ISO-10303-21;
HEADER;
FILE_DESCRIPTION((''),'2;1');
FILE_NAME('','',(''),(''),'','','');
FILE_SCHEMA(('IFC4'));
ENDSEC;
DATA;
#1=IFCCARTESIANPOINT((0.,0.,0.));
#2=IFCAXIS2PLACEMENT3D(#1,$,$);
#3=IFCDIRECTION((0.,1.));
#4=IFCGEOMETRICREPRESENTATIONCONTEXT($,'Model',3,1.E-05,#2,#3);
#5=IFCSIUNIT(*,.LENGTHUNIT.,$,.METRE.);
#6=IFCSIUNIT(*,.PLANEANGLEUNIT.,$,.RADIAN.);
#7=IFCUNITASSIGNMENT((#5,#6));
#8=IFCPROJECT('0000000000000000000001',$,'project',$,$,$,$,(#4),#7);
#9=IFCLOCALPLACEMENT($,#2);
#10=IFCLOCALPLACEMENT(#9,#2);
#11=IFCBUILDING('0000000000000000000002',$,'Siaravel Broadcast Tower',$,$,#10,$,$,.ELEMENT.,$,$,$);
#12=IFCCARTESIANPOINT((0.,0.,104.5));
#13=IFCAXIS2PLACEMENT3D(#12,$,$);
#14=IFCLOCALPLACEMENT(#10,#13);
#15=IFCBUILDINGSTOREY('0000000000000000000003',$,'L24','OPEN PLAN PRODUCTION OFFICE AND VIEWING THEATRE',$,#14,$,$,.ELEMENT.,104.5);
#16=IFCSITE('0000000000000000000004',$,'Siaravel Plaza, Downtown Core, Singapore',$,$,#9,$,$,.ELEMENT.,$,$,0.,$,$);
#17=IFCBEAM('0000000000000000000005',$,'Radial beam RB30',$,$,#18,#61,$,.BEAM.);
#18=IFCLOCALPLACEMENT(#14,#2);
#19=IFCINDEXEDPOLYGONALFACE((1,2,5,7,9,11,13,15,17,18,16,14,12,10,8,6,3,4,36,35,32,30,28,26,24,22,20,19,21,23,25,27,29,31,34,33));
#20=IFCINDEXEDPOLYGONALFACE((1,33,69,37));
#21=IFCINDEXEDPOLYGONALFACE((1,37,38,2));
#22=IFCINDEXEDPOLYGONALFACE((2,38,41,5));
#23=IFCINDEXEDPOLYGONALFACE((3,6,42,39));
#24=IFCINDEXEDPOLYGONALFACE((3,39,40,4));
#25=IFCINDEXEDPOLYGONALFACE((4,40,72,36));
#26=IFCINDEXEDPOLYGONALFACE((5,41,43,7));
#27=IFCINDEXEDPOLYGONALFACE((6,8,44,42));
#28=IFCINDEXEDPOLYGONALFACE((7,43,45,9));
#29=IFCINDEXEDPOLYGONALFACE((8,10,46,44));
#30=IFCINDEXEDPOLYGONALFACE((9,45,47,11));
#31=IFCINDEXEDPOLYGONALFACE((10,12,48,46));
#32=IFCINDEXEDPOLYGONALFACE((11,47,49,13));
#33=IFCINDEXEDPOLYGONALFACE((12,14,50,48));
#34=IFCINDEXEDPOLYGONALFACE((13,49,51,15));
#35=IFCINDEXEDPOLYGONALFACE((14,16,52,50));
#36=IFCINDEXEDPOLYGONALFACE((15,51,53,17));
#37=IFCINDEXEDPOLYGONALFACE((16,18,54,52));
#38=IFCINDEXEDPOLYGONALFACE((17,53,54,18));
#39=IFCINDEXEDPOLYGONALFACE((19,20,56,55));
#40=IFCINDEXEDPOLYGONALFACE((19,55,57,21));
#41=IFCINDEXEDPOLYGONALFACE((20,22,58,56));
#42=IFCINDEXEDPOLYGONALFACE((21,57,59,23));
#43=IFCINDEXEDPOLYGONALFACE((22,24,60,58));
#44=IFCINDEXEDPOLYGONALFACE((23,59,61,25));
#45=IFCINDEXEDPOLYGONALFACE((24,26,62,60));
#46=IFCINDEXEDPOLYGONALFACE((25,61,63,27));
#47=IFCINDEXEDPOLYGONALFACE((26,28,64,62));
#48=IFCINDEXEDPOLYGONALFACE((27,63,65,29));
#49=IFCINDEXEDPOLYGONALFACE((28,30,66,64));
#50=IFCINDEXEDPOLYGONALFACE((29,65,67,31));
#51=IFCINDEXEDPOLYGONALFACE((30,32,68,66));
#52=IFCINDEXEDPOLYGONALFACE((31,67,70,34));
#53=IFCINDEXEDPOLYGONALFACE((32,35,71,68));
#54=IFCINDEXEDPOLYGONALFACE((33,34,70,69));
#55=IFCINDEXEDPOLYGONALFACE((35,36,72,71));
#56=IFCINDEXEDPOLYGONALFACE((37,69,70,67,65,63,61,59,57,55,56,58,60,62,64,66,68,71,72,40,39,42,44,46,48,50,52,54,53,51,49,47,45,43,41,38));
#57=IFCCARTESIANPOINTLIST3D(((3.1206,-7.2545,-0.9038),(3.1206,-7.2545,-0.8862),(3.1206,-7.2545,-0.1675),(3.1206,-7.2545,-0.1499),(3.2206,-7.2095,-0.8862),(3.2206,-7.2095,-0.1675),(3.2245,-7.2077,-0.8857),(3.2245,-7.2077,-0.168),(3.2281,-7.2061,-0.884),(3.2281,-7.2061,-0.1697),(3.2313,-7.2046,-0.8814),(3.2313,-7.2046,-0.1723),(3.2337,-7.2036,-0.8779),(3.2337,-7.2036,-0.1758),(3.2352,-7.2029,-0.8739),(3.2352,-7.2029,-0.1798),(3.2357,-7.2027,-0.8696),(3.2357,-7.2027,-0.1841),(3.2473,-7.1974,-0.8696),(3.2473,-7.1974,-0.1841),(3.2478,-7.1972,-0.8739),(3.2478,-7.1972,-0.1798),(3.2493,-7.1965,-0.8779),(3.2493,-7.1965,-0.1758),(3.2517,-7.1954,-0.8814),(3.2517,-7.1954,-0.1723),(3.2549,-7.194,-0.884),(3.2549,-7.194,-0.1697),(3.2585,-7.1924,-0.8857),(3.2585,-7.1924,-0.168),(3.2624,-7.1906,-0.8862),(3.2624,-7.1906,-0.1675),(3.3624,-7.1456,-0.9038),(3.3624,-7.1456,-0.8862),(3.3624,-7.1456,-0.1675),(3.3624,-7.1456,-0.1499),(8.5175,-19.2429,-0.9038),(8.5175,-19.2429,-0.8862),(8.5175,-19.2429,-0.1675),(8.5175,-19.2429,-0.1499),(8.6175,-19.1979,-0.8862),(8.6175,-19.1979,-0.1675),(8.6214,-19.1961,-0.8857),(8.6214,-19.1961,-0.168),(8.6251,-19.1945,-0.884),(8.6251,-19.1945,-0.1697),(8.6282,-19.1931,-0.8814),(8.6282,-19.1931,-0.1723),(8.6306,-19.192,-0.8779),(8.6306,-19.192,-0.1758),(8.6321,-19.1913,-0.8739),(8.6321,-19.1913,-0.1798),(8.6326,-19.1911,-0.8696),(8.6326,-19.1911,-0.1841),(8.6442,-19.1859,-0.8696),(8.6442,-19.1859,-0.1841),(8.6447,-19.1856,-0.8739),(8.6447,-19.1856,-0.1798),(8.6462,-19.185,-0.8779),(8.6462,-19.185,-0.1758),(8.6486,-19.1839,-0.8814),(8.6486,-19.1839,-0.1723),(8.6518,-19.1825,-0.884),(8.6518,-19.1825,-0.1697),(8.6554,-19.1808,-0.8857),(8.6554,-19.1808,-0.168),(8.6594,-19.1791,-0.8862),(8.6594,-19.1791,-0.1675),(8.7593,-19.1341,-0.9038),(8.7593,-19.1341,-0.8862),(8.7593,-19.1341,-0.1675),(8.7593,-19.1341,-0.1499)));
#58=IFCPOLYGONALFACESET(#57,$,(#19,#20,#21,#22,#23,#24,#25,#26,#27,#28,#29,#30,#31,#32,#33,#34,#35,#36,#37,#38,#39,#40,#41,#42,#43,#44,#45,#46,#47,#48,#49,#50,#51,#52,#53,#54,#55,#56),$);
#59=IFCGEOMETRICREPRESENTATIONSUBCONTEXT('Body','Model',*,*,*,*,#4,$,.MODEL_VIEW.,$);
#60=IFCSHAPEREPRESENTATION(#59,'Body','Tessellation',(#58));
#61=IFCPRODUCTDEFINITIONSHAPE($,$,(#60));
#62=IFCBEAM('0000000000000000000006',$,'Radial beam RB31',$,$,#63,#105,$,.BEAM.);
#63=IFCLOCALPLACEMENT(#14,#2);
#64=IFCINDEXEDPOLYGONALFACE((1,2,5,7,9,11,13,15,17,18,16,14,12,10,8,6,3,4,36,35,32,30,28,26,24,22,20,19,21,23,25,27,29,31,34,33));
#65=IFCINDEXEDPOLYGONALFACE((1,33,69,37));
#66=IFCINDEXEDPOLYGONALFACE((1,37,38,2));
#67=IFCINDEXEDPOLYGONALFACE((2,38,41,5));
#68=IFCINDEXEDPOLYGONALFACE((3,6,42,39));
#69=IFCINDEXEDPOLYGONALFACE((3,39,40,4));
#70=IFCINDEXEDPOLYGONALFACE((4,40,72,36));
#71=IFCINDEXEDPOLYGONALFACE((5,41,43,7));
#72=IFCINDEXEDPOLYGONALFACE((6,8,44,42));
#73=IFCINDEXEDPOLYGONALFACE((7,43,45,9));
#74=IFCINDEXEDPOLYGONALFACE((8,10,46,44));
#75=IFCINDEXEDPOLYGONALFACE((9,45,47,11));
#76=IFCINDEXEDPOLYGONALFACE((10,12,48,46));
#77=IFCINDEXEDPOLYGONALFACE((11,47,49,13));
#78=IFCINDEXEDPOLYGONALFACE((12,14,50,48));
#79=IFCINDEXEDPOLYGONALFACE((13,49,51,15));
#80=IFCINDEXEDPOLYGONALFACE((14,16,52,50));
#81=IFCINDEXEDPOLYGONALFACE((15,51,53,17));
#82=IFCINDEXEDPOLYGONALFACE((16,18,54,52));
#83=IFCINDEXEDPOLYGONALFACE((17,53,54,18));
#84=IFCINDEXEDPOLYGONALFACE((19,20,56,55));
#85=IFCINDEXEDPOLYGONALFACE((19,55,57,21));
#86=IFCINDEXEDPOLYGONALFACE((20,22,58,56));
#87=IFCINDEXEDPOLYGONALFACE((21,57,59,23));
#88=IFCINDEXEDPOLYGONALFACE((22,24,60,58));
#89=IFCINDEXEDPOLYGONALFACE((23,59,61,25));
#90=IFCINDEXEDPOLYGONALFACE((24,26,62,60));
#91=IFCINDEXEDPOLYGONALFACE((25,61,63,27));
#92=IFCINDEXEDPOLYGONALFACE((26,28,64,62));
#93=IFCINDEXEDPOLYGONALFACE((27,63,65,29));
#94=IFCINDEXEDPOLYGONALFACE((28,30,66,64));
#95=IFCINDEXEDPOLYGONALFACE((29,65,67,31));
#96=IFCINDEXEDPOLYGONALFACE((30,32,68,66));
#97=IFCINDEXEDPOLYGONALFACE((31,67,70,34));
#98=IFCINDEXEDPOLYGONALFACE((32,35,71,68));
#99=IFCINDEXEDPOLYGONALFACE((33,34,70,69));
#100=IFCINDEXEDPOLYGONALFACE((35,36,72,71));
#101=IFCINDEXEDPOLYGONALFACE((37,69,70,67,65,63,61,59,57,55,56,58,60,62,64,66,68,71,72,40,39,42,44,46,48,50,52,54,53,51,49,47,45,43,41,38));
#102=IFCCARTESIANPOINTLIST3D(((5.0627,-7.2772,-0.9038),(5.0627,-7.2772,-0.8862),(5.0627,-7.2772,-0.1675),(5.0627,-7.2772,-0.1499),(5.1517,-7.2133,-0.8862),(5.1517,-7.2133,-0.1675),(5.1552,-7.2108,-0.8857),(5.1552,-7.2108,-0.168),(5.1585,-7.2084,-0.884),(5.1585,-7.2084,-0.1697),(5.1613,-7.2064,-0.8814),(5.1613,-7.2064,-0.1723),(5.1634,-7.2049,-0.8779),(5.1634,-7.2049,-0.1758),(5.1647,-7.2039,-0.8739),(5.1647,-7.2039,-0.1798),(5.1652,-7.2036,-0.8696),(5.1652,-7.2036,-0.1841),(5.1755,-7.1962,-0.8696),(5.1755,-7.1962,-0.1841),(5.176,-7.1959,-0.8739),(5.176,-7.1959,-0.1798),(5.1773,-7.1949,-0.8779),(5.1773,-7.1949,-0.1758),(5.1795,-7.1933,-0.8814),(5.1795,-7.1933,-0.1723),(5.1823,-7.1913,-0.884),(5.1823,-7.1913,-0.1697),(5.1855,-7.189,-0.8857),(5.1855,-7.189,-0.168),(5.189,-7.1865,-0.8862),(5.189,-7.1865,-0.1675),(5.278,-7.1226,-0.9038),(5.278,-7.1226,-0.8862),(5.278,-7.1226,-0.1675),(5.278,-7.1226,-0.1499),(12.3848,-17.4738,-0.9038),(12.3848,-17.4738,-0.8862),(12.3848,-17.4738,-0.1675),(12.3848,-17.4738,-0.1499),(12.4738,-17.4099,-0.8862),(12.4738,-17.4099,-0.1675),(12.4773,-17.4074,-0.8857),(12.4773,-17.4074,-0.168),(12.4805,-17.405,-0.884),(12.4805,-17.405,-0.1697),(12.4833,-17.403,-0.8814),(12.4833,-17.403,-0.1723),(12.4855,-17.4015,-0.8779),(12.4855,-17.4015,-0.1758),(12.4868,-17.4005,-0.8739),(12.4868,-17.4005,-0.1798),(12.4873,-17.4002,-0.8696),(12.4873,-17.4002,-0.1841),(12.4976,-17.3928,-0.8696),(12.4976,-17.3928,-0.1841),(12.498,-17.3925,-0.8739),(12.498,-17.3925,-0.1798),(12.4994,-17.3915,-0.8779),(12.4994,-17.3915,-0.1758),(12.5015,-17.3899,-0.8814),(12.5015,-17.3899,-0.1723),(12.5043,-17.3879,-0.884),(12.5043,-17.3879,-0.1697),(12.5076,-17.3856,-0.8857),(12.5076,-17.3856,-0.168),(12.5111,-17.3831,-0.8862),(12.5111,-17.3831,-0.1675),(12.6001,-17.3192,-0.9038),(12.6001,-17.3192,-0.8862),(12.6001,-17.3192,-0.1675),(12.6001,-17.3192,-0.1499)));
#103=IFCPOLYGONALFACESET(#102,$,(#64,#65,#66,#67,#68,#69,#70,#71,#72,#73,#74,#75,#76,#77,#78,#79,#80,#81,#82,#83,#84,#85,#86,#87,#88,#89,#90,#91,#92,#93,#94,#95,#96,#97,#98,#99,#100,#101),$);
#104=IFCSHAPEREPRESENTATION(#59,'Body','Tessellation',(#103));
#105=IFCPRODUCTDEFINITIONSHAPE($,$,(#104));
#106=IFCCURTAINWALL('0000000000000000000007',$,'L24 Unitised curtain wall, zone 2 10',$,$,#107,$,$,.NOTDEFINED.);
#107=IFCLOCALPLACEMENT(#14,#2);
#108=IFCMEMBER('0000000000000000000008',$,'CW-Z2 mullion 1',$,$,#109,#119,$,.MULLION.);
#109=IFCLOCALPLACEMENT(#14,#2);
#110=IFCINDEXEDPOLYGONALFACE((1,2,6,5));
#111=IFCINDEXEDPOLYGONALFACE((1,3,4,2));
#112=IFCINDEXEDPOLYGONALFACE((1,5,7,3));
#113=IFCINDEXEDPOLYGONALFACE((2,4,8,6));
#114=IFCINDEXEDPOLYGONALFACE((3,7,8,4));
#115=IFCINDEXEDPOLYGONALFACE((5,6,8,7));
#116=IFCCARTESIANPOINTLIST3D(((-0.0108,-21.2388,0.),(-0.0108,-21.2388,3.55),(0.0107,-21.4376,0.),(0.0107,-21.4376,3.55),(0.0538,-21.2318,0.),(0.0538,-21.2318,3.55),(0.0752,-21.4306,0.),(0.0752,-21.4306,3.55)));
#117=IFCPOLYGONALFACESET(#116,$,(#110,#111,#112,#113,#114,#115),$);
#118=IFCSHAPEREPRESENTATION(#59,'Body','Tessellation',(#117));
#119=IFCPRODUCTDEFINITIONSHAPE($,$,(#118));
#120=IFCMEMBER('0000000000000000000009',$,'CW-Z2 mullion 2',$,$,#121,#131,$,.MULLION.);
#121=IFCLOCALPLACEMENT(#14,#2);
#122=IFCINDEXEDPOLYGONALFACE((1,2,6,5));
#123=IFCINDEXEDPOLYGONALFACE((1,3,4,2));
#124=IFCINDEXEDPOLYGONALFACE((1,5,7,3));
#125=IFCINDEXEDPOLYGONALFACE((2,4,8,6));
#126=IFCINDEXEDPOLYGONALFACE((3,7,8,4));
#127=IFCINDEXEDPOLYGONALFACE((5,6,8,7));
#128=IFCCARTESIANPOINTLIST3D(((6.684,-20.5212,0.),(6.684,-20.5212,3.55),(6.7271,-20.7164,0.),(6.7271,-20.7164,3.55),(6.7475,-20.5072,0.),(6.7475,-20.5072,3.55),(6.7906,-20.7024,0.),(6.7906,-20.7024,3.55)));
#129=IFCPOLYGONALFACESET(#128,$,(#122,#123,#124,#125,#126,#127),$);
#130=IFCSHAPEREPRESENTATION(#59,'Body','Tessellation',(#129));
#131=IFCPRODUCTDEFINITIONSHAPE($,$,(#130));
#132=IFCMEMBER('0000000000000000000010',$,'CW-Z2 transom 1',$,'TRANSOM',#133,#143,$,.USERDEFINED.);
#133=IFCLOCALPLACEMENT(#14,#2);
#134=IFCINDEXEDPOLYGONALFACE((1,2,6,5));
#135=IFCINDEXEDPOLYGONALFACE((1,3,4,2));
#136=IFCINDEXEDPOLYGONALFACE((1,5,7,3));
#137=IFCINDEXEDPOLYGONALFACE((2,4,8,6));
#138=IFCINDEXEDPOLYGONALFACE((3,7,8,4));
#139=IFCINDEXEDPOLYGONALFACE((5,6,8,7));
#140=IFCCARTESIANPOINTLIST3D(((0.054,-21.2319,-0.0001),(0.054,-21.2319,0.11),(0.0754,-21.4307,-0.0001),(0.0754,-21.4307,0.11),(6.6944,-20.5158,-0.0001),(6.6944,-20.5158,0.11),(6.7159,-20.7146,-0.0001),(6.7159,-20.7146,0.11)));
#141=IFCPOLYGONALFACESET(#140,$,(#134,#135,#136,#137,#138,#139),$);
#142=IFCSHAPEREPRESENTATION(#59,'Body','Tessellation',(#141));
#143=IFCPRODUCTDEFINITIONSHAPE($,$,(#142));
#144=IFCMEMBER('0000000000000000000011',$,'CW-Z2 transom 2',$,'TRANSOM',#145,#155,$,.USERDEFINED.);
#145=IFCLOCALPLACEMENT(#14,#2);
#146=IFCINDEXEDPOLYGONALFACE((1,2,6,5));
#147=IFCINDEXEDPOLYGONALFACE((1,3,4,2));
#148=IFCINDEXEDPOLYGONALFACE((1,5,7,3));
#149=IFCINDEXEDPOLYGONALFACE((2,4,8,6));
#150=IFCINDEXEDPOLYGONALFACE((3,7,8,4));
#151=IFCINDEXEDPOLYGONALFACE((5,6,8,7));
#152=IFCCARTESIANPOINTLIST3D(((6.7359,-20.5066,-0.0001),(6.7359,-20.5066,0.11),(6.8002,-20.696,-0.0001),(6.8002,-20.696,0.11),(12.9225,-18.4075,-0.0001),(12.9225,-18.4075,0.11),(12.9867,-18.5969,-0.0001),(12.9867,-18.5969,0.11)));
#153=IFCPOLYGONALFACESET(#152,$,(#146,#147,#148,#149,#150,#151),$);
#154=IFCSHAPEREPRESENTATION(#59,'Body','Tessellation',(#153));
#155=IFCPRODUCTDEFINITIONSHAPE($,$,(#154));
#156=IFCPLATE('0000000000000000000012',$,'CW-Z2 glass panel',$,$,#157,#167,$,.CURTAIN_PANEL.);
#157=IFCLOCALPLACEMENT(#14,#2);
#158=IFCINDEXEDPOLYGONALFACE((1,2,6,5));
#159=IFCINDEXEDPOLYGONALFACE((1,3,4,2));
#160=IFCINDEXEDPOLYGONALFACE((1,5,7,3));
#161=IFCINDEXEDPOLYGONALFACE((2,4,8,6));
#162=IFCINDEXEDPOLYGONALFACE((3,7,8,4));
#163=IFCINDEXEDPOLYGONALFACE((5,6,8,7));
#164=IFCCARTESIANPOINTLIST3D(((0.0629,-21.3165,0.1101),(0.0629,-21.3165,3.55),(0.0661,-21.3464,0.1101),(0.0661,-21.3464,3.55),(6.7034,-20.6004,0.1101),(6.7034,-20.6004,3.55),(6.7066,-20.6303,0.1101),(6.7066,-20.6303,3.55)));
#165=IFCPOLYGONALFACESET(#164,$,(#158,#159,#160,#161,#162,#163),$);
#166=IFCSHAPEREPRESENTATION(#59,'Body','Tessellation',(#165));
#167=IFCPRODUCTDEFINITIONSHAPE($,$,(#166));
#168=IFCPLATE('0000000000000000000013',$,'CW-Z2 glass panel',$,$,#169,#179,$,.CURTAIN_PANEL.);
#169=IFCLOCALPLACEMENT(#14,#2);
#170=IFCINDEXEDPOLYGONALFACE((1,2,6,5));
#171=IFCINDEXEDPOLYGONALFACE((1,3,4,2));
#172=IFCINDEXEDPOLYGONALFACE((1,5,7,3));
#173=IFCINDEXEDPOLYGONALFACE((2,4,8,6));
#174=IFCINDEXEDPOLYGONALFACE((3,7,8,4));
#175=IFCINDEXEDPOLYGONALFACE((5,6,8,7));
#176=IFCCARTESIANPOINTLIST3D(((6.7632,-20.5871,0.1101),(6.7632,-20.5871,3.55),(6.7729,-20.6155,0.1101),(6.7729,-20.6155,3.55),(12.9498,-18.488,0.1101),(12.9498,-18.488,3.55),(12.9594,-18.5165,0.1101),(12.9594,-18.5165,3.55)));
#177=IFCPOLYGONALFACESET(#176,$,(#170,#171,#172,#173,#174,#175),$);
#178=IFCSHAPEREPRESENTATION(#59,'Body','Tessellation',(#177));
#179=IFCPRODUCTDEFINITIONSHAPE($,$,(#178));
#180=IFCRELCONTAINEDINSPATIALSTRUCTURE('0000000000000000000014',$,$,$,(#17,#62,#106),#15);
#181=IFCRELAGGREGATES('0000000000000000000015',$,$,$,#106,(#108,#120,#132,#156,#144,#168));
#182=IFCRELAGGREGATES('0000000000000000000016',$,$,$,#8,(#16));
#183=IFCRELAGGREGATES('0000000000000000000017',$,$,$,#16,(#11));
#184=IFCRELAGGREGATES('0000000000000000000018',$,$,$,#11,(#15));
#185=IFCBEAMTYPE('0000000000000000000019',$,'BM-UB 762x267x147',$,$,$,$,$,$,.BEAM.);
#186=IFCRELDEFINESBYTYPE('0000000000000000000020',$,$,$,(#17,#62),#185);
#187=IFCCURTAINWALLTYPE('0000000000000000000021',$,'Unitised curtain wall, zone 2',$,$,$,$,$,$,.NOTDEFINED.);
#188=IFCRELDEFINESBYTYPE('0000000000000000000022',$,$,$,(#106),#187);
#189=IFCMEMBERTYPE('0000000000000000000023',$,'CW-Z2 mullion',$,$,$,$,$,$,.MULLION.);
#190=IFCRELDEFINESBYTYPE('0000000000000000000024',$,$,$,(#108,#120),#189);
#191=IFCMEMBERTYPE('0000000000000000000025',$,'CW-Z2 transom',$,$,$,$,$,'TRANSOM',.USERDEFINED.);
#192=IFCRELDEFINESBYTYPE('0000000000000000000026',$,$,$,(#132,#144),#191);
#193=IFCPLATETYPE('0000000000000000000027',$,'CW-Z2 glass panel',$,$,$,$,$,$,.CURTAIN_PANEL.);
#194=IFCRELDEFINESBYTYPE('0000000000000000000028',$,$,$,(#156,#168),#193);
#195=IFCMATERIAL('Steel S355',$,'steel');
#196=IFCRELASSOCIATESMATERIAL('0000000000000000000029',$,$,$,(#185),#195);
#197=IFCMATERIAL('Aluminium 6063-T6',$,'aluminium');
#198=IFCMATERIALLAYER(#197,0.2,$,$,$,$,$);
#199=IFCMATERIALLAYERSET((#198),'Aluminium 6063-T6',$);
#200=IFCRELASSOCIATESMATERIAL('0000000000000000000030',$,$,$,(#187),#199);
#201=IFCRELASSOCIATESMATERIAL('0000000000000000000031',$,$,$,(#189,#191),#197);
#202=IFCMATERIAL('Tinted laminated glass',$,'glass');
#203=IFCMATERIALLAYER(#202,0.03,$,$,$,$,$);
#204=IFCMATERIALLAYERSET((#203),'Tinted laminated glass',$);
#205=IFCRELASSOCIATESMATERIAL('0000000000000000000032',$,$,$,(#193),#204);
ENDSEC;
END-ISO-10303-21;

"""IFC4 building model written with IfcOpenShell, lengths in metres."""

from ifc_helpers import new_model, si_unit, direction, frame, origin, origin_2d, place, context, subcontext, project, spatial, rectangle, i_section, extrude, material, layer, layer_set, material_profile, profile_set, type_object, element, aggregate, save


model = new_model("IFC4")

# Units and contexts
model_context = context("Model", 3, precision=1e-05, world=origin(), true_north=direction((0.0, 1.0)))
body_context = subcontext(model_context, "Body", "Model", "MODEL_VIEW")
ifc_project = project(units=[si_unit("LENGTHUNIT", "METRE"), si_unit("PLANEANGLEUNIT", "RADIAN")], contexts=[model_context])

# Site, building, storey
site_placement = place(None, origin())
site = spatial("IfcSite", under=ifc_project, at=site_placement, Name="Siaravel Plaza, Downtown Core, Singapore", CompositionType="ELEMENT", RefElevation=0.0)
building_placement = place(site_placement, origin())
building = spatial("IfcBuilding", under=site, at=building_placement, Name="Siaravel Broadcast Tower", CompositionType="ELEMENT")
storey_placement = place(building_placement, frame((0.0, 0.0, 104.5)))
storey = spatial("IfcBuildingStorey", under=building, at=storey_placement, Name="L24", Description="OPEN PLAN PRODUCTION OFFICE AND VIEWING THEATRE", CompositionType="ELEMENT", Elevation=104.5)

# Beams
ifc_material_1 = material(Name="Steel S355", Category="steel")
ifc_material_profile_1 = material_profile(ifc_material_1, i_section(OverallWidth=0.2651, OverallDepth=0.7539, WebThickness=0.0127, FlangeThickness=0.0176, FilletRadius=0.0166, at=origin_2d()))
ifc_profile_set_1 = profile_set([ifc_material_profile_1], Name="Steel S355")
beam_type = type_object("IfcBeamType", Name="BM-UB 762x267x147", PredefinedType="BEAM", material=ifc_profile_set_1)
beam_1_placement = place(storey_placement, frame((8.6384, -19.1885, -0.5269), z_axis=(-0.4105, 0.911861, 0.0), x_axis=(-0.911861, -0.4105, 0.0)))
element("IfcBeam", 1, at=beam_1_placement, inside=storey, type_object=beam_type, Name="Radial beam RB30", PredefinedType="BEAM", context=body_context, shape_type="SweptSolid", body=[
    extrude(i_section(OverallWidth=0.2651, OverallDepth=0.7539, WebThickness=0.0127, FlangeThickness=0.0176, FilletRadius=0.0166, at=origin_2d()), origin(), (0.0, 0.0, 1.0), 13.1472),
])
beam_2_placement = place(storey_placement, frame((12.4924, -17.3965, -0.5269), z_axis=(-0.583282, 0.81227, 0.0), x_axis=(-0.81227, -0.583282, 0.0)))
element("IfcBeam", 2, at=beam_2_placement, inside=storey, type_object=beam_type, Name="Radial beam RB31", PredefinedType="BEAM", context=body_context, shape_type="SweptSolid", body=[
    extrude(i_section(OverallWidth=0.2651, OverallDepth=0.7539, WebThickness=0.0127, FlangeThickness=0.0176, FilletRadius=0.0166, at=origin_2d()), origin(), (0.0, 0.0, 1.0), 12.5532),
])

# Curtain wall, members, plates
ifc_material_2 = material(Name="Aluminium 6063-T6", Category="aluminium")
ifc_layer_1 = layer(ifc_material_2, 0.2)
ifc_layer_set_1 = layer_set([ifc_layer_1], Name="Aluminium 6063-T6")
curtain_wall_type = type_object("IfcCurtainWallType", Name="Unitised curtain wall, zone 2", PredefinedType="NOTDEFINED", material=ifc_layer_set_1)
curtain_wall_placement = place(storey_placement, origin())
curtain_wall = element("IfcCurtainWall", 3, at=curtain_wall_placement, inside=storey, type_object=curtain_wall_type, Name="L24 Unitised curtain wall, zone 2 10", PredefinedType="NOTDEFINED")
ifc_material_profile_2 = material_profile(ifc_material_2, rectangle(XDim=0.2, YDim=0.0649, at=origin_2d()))
ifc_profile_set_2 = profile_set([ifc_material_profile_2], Name="Aluminium 6063-T6")
member_type_1 = type_object("IfcMemberType", Name="CW-Z2 mullion", PredefinedType="MULLION", material=ifc_profile_set_2)
member_1_placement = place(storey_placement, frame((0.0322, -21.3347, 0.0), z_axis=(0.0, 0.0, 1.0), x_axis=(-0.107217, 0.994236, 0.0)))
member_1 = element("IfcMember", 4, at=member_1_placement, type_object=member_type_1, Name="CW-Z2 mullion 1", PredefinedType="MULLION", context=body_context, shape_type="SweptSolid", body=[
    extrude(rectangle(XDim=0.2, YDim=0.0649, at=origin_2d()), origin(), (0.0, 0.0, 1.0), 3.55),
])
member_2_placement = place(storey_placement, frame((6.7373, -20.6118, 0.0), z_axis=(0.0, 0.0, 1.0), x_axis=(-0.215558, 0.976491, 0.0)))
member_2 = element("IfcMember", 5, at=member_2_placement, type_object=member_type_1, Name="CW-Z2 mullion 2", PredefinedType="MULLION", context=body_context, shape_type="SweptSolid", body=[
    extrude(rectangle(XDim=0.2, YDim=0.0649, at=origin_2d()), origin(), (0.0, 0.0, 1.0), 3.55),
])
ifc_material_profile_3 = material_profile(ifc_material_2, rectangle(XDim=0.2, YDim=0.1101, at=origin_2d()))
ifc_profile_set_3 = profile_set([ifc_material_profile_3], Name="Aluminium 6063-T6")
member_type_2 = type_object("IfcMemberType", Name="CW-Z2 transom", ElementType="TRANSOM", PredefinedType="USERDEFINED", material=ifc_profile_set_3)
member_3_placement = place(storey_placement, frame((0.0647, -21.3313, 0.0549), z_axis=(0.994236, 0.107213, 0.0), x_axis=(-0.107213, 0.994236, 0.0)))
member_3 = element("IfcMember", 6, at=member_3_placement, type_object=member_type_2, Name="CW-Z2 transom 1", ObjectType="TRANSOM", PredefinedType="USERDEFINED", context=body_context, shape_type="SweptSolid", body=[
    extrude(rectangle(XDim=0.2, YDim=0.1101, at=origin_2d()), origin(), (0.0, 0.0, 1.0), 6.679),
])
member_4_placement = place(storey_placement, frame((6.7681, -20.6013, 0.0549), z_axis=(0.946973, 0.321313, 0.0), x_axis=(-0.321313, 0.946973, 0.0)))
member_4 = element("IfcMember", 7, at=member_4_placement, type_object=member_type_2, Name="CW-Z2 transom 2", ObjectType="TRANSOM", PredefinedType="USERDEFINED", context=body_context, shape_type="SweptSolid", body=[
    extrude(rectangle(XDim=0.2, YDim=0.1101, at=origin_2d()), origin(), (0.0, 0.0, 1.0), 6.533),
])
ifc_material_3 = material(Name="Tinted laminated glass", Category="glass")
ifc_layer_2 = layer(ifc_material_3, 0.03)
ifc_layer_set_2 = layer_set([ifc_layer_2], Name="Tinted laminated glass")
plate_type = type_object("IfcPlateType", Name="CW-Z2 glass panel", PredefinedType="CURTAIN_PANEL", material=ifc_layer_set_2)
plate_1_placement = place(storey_placement, frame((3.3848, -20.9734, 0.1101), z_axis=(0.0, 0.0, 1.0), x_axis=(0.994236, 0.107217, 0.0)))
plate_1 = element("IfcPlate", 8, at=plate_1_placement, type_object=plate_type, Name="CW-Z2 glass panel", PredefinedType="CURTAIN_PANEL", context=body_context, shape_type="SweptSolid", body=[
    extrude(rectangle(XDim=6.679, YDim=0.03, at=origin_2d()), origin(), (0.0, 0.0, 1.0), 3.4399),
])
plate_2_placement = place(storey_placement, frame((9.8613, -19.5518, 0.1101), z_axis=(0.0, 0.0, 1.0), x_axis=(0.946977, 0.3213, 0.0)))
plate_2 = element("IfcPlate", 9, at=plate_2_placement, type_object=plate_type, Name="CW-Z2 glass panel", PredefinedType="CURTAIN_PANEL", context=body_context, shape_type="SweptSolid", body=[
    extrude(rectangle(XDim=6.533, YDim=0.03, at=origin_2d()), origin(), (0.0, 0.0, 1.0), 3.4399),
])
aggregate(curtain_wall, [member_1, member_2, member_3, plate_1, member_4, plate_2])

save(model, "model.ifc")
